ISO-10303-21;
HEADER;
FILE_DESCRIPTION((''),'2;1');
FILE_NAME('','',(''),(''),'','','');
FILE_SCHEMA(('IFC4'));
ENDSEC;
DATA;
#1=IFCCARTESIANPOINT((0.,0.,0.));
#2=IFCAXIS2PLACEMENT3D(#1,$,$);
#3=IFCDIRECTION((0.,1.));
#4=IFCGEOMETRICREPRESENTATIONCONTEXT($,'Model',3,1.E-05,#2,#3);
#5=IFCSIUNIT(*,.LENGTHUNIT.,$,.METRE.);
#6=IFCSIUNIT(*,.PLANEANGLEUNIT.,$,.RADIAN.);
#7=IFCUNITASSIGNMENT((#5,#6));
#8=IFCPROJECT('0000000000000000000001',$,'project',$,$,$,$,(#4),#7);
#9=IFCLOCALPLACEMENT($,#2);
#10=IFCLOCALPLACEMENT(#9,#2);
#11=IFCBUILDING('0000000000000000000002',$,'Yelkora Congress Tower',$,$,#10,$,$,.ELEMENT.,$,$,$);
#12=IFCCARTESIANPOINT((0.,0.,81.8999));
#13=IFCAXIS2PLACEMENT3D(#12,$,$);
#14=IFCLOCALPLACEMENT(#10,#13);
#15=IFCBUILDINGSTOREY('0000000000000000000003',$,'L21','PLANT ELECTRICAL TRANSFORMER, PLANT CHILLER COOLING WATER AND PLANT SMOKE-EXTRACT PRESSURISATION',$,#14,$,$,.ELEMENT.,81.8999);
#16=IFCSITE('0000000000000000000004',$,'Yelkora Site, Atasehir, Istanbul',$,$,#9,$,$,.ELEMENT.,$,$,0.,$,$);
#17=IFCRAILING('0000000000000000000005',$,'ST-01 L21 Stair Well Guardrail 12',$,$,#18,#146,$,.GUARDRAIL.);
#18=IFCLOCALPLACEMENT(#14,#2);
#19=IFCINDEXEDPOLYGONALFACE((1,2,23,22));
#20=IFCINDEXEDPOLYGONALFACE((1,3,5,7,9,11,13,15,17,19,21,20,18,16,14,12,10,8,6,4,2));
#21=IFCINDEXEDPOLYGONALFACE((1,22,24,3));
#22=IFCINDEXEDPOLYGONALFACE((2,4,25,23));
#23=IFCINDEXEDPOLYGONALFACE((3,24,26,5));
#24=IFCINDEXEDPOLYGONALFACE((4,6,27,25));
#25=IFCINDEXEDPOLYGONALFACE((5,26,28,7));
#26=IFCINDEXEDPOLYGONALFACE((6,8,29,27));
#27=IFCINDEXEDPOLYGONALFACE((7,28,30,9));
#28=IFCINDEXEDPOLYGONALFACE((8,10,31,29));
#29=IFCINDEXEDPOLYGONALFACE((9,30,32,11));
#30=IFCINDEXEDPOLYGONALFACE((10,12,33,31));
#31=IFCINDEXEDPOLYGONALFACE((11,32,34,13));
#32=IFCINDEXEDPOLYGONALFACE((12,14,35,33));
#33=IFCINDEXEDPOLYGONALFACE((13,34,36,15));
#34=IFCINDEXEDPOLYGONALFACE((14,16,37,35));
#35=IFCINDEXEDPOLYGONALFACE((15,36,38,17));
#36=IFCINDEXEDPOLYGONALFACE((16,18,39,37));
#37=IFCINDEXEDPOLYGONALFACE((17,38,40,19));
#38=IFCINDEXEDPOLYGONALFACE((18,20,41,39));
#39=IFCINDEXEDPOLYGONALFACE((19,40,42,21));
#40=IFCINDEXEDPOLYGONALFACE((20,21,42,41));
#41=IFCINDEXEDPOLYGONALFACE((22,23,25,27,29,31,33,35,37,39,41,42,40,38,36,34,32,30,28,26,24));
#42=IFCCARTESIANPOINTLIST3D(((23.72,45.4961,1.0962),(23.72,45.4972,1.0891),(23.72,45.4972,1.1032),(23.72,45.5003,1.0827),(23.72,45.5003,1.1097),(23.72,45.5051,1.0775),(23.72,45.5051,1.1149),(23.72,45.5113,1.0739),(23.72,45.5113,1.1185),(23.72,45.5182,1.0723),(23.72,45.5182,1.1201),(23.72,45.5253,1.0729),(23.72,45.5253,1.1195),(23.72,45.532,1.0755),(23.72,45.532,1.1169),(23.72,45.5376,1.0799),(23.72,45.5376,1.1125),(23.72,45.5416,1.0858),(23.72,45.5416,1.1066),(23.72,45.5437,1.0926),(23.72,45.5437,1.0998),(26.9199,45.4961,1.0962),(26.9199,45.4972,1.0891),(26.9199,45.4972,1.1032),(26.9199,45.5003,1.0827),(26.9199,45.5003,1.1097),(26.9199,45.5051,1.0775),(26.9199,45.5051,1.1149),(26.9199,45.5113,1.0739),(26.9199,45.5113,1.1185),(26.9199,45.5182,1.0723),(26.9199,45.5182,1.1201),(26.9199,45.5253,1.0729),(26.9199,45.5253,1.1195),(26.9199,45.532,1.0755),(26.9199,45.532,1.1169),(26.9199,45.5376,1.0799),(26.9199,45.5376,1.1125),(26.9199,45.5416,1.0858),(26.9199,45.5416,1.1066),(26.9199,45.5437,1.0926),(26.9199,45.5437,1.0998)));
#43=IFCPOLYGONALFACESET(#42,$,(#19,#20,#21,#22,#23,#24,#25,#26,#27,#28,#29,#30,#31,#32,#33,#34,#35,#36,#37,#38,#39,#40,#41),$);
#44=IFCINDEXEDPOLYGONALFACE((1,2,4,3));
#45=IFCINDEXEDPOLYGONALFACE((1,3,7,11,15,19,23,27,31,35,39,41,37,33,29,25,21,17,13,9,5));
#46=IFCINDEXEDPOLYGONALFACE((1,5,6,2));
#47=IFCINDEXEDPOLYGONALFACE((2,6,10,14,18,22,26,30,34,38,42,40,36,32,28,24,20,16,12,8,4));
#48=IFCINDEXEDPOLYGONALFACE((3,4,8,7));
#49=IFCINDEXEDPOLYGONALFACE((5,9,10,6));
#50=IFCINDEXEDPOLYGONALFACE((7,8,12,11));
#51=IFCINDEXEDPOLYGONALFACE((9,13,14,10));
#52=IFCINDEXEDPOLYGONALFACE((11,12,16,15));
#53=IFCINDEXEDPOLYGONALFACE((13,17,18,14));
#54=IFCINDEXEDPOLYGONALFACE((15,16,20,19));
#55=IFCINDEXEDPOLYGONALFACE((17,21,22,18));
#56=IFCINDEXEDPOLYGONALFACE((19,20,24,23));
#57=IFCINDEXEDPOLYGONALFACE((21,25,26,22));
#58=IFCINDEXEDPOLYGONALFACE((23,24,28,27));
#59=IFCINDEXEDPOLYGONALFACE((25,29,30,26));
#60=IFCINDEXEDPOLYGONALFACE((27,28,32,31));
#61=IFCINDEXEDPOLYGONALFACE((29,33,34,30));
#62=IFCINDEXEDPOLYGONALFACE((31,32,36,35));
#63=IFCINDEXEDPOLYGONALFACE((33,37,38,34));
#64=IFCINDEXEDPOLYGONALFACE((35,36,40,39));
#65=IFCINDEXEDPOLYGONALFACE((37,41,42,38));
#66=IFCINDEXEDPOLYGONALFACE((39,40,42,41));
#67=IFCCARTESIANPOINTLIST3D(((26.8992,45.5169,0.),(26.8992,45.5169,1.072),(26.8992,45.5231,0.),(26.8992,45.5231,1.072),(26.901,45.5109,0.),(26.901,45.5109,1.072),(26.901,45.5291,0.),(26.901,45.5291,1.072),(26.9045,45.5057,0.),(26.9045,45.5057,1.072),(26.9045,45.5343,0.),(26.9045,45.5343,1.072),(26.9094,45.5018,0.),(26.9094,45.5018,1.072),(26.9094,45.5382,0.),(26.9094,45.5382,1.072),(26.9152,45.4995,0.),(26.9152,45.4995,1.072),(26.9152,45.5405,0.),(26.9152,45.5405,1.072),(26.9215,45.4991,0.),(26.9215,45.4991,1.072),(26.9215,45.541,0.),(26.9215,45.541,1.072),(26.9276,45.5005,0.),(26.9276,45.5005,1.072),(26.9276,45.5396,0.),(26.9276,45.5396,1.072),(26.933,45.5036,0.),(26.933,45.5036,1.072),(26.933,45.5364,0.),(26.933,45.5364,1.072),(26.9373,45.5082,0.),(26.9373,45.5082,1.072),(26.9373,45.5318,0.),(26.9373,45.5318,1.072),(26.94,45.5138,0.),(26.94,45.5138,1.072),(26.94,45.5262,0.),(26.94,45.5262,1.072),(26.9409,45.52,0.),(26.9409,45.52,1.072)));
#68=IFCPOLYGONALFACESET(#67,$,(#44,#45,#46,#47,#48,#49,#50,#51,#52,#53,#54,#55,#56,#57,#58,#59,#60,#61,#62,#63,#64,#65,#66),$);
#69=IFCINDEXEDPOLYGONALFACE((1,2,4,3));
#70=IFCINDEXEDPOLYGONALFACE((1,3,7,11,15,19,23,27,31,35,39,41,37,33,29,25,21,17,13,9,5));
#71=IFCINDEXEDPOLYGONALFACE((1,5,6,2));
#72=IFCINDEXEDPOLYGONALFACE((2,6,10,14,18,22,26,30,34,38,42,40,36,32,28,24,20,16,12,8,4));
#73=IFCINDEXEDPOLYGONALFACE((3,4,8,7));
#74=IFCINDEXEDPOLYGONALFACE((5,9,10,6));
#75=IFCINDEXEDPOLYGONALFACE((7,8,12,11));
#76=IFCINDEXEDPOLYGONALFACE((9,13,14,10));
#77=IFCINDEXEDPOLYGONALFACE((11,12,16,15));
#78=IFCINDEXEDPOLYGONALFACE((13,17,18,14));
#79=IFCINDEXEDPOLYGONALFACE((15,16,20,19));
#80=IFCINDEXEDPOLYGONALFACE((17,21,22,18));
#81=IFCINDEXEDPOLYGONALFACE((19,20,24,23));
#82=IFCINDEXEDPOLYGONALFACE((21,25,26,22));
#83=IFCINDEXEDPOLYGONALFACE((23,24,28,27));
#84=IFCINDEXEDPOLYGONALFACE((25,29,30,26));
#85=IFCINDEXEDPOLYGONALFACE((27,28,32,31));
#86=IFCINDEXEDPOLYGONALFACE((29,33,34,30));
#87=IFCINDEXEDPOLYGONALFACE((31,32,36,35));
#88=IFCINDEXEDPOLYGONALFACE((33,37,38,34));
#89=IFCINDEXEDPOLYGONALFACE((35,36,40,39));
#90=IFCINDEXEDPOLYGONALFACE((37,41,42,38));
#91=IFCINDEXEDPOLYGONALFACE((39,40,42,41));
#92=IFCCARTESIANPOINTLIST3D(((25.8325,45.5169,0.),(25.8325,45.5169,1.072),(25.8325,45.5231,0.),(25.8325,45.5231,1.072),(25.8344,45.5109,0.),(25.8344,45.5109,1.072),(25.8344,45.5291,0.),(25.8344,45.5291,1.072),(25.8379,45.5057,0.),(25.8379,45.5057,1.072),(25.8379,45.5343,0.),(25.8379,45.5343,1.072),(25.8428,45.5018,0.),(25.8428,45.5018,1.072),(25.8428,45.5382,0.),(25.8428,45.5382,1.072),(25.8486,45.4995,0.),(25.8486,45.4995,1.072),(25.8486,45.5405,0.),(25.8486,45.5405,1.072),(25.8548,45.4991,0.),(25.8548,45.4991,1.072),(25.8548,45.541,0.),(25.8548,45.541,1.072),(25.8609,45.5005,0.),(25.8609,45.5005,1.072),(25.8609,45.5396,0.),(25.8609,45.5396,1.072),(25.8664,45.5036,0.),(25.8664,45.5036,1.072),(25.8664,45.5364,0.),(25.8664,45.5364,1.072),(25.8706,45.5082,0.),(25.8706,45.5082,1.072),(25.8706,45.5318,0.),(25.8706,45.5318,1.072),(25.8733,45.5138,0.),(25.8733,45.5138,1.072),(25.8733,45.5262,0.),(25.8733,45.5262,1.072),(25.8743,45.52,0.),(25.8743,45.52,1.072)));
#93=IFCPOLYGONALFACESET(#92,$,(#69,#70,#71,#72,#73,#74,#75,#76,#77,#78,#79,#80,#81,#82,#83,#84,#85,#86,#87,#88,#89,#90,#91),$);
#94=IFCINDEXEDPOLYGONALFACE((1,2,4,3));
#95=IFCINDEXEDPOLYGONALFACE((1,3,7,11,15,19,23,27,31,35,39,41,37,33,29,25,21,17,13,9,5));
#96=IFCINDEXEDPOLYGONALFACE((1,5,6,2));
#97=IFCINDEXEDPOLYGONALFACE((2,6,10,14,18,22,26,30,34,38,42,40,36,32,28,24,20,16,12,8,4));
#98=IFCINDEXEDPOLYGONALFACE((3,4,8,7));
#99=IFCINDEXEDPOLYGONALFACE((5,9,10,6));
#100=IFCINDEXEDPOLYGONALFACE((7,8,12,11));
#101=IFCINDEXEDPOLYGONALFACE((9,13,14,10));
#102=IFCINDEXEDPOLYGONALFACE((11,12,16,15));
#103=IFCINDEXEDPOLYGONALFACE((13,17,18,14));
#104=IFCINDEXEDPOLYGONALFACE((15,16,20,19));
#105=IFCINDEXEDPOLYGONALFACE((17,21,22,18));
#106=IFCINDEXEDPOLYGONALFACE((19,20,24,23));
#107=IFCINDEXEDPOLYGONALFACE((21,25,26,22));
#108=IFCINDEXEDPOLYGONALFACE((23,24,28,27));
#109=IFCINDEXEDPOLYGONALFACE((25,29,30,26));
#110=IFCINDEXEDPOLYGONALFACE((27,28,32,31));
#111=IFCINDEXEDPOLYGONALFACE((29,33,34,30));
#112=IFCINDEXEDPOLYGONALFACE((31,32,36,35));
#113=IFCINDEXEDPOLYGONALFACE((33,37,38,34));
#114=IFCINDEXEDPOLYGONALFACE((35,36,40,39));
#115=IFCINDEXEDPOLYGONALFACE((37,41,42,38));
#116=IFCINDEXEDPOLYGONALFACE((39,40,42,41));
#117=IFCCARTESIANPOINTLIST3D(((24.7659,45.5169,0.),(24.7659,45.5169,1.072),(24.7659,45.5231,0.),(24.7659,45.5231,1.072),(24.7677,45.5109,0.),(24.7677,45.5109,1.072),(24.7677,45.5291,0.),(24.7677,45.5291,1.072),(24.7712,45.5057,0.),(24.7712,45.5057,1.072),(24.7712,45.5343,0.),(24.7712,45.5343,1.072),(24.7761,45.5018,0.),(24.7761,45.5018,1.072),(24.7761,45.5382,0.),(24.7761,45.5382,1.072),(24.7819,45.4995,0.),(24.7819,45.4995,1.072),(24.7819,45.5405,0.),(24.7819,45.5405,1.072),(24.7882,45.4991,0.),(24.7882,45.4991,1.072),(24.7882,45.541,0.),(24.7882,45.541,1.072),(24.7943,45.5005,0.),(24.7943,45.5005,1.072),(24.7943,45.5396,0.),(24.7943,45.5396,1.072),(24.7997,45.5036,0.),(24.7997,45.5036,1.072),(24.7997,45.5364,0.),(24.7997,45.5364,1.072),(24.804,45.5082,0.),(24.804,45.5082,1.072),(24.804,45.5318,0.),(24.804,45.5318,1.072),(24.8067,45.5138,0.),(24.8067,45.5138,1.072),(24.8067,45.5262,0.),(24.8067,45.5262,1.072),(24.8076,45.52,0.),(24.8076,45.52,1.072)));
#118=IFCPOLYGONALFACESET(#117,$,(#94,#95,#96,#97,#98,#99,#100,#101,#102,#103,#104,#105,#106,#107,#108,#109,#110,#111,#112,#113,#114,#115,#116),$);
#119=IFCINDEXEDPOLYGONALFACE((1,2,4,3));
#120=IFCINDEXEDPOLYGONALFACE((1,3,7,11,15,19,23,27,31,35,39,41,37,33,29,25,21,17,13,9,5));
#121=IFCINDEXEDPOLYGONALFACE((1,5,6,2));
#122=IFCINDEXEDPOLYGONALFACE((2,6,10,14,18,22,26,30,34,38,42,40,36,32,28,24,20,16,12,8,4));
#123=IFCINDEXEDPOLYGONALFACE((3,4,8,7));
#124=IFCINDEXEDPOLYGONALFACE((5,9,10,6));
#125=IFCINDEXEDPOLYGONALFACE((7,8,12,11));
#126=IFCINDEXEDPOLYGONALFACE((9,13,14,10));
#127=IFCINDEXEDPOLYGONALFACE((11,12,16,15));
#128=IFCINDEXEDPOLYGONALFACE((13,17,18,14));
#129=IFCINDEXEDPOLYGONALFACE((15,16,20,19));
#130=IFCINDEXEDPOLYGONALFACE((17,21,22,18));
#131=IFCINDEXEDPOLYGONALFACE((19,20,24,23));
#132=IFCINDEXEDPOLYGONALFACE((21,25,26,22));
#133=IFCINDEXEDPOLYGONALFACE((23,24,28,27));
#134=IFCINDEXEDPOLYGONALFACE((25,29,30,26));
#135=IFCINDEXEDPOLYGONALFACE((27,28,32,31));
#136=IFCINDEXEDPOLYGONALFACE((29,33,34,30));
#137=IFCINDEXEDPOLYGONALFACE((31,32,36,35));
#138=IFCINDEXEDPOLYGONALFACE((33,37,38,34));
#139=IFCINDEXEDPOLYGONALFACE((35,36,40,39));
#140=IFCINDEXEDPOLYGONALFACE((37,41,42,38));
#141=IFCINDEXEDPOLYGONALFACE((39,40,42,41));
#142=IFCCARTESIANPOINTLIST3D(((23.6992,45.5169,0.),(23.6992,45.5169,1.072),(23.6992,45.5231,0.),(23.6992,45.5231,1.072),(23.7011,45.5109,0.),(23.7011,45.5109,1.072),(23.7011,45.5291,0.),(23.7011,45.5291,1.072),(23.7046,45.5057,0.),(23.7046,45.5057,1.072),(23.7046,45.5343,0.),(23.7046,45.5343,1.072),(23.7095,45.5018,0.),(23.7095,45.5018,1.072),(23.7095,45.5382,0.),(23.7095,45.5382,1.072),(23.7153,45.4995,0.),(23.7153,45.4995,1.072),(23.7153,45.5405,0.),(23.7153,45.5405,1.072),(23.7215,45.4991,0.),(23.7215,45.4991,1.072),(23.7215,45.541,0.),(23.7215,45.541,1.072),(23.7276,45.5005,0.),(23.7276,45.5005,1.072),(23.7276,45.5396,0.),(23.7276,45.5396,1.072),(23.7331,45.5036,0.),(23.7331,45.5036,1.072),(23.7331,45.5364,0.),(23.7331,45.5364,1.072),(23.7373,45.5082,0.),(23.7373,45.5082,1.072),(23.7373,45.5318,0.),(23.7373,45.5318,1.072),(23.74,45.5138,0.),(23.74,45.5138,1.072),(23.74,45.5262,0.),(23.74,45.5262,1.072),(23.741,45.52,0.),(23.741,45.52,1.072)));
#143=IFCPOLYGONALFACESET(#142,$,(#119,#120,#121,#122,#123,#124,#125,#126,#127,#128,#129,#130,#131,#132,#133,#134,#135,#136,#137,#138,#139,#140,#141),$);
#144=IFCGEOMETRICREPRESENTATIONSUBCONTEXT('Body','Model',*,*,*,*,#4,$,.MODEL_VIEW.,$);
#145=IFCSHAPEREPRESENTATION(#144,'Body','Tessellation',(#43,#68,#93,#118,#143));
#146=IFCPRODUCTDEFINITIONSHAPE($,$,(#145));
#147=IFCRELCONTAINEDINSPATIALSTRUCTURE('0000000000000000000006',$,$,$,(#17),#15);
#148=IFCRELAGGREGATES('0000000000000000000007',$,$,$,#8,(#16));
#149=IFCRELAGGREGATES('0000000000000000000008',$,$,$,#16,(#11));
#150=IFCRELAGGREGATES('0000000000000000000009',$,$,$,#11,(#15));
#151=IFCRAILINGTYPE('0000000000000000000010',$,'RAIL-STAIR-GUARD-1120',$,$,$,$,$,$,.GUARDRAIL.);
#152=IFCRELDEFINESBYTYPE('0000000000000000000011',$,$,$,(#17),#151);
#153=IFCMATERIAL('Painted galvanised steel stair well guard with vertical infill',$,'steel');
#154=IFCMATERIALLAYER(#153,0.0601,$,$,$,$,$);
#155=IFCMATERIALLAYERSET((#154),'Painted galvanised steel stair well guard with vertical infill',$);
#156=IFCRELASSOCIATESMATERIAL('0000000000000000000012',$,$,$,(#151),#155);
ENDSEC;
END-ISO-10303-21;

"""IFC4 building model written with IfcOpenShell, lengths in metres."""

from ifc_helpers import new_model, si_unit, direction, frame, origin, origin_2d, place, context, subcontext, project, spatial, circle, extrude, material, layer, layer_set, type_object, element, save


model = new_model("IFC4")

# Units and contexts
model_context = context("Model", 3, precision=1e-05, world=origin(), true_north=direction((0.0, 1.0)))
body_context = subcontext(model_context, "Body", "Model", "MODEL_VIEW")
ifc_project = project(units=[si_unit("LENGTHUNIT", "METRE"), si_unit("PLANEANGLEUNIT", "RADIAN")], contexts=[model_context])

# Site, building, storey
site_placement = place(None, origin())
site = spatial("IfcSite", under=ifc_project, at=site_placement, Name="Yelkora Site, Atasehir, Istanbul", CompositionType="ELEMENT", RefElevation=0.0)
building_placement = place(site_placement, origin())
building = spatial("IfcBuilding", under=site, at=building_placement, Name="Yelkora Congress Tower", CompositionType="ELEMENT")
storey_placement = place(building_placement, frame((0.0, 0.0, 81.8999)))
storey = spatial("IfcBuildingStorey", under=building, at=storey_placement, Name="L21", Description="PLANT ELECTRICAL TRANSFORMER, PLANT CHILLER COOLING WATER AND PLANT SMOKE-EXTRACT PRESSURISATION", CompositionType="ELEMENT", Elevation=81.8999)

# Railing
ifc_material_1 = material(Name="Painted galvanised steel stair well guard with vertical infill", Category="steel")
ifc_layer_1 = layer(ifc_material_1, 0.0601)
ifc_layer_set_1 = layer_set([ifc_layer_1], Name="Painted galvanised steel stair well guard with vertical infill")
railing_type_1 = type_object("IfcRailingType", Name="RAIL-STAIR-GUARD-1120", PredefinedType="GUARDRAIL", material=ifc_layer_set_1)
railing_1_placement = place(storey_placement, frame((26.9199, 45.52, 0.0)))
element("IfcRailing", 1, at=railing_1_placement, inside=storey, type_object=railing_type_1, Name="ST-01 L21 Stair Well Guardrail 12", PredefinedType="GUARDRAIL", context=body_context, shape_type="SweptSolid", body=[
    extrude(circle(Radius=0.0239, at=origin_2d()), frame((0.0, 0.0, 1.0962), z_axis=(-1.0, 0.0, 0.0), x_axis=(0.0, -1.0, 0.0)), (0.0, 0.0, 1.0), 3.2),
    extrude(circle(Radius=0.021, at=origin_2d()), origin(), (0.0, 0.0, 1.0), 1.072),
    extrude(circle(Radius=0.021, at=origin_2d()), frame((-1.0667, 0.0, 0.0)), (0.0, 0.0, 1.0), 1.072),
    extrude(circle(Radius=0.021, at=origin_2d()), frame((-2.1333, 0.0, 0.0)), (0.0, 0.0, 1.0), 1.072),
    extrude(circle(Radius=0.021, at=origin_2d()), frame((-3.2, 0.0, 0.0)), (0.0, 0.0, 1.0), 1.072),
])

save(model, "model.ifc")
